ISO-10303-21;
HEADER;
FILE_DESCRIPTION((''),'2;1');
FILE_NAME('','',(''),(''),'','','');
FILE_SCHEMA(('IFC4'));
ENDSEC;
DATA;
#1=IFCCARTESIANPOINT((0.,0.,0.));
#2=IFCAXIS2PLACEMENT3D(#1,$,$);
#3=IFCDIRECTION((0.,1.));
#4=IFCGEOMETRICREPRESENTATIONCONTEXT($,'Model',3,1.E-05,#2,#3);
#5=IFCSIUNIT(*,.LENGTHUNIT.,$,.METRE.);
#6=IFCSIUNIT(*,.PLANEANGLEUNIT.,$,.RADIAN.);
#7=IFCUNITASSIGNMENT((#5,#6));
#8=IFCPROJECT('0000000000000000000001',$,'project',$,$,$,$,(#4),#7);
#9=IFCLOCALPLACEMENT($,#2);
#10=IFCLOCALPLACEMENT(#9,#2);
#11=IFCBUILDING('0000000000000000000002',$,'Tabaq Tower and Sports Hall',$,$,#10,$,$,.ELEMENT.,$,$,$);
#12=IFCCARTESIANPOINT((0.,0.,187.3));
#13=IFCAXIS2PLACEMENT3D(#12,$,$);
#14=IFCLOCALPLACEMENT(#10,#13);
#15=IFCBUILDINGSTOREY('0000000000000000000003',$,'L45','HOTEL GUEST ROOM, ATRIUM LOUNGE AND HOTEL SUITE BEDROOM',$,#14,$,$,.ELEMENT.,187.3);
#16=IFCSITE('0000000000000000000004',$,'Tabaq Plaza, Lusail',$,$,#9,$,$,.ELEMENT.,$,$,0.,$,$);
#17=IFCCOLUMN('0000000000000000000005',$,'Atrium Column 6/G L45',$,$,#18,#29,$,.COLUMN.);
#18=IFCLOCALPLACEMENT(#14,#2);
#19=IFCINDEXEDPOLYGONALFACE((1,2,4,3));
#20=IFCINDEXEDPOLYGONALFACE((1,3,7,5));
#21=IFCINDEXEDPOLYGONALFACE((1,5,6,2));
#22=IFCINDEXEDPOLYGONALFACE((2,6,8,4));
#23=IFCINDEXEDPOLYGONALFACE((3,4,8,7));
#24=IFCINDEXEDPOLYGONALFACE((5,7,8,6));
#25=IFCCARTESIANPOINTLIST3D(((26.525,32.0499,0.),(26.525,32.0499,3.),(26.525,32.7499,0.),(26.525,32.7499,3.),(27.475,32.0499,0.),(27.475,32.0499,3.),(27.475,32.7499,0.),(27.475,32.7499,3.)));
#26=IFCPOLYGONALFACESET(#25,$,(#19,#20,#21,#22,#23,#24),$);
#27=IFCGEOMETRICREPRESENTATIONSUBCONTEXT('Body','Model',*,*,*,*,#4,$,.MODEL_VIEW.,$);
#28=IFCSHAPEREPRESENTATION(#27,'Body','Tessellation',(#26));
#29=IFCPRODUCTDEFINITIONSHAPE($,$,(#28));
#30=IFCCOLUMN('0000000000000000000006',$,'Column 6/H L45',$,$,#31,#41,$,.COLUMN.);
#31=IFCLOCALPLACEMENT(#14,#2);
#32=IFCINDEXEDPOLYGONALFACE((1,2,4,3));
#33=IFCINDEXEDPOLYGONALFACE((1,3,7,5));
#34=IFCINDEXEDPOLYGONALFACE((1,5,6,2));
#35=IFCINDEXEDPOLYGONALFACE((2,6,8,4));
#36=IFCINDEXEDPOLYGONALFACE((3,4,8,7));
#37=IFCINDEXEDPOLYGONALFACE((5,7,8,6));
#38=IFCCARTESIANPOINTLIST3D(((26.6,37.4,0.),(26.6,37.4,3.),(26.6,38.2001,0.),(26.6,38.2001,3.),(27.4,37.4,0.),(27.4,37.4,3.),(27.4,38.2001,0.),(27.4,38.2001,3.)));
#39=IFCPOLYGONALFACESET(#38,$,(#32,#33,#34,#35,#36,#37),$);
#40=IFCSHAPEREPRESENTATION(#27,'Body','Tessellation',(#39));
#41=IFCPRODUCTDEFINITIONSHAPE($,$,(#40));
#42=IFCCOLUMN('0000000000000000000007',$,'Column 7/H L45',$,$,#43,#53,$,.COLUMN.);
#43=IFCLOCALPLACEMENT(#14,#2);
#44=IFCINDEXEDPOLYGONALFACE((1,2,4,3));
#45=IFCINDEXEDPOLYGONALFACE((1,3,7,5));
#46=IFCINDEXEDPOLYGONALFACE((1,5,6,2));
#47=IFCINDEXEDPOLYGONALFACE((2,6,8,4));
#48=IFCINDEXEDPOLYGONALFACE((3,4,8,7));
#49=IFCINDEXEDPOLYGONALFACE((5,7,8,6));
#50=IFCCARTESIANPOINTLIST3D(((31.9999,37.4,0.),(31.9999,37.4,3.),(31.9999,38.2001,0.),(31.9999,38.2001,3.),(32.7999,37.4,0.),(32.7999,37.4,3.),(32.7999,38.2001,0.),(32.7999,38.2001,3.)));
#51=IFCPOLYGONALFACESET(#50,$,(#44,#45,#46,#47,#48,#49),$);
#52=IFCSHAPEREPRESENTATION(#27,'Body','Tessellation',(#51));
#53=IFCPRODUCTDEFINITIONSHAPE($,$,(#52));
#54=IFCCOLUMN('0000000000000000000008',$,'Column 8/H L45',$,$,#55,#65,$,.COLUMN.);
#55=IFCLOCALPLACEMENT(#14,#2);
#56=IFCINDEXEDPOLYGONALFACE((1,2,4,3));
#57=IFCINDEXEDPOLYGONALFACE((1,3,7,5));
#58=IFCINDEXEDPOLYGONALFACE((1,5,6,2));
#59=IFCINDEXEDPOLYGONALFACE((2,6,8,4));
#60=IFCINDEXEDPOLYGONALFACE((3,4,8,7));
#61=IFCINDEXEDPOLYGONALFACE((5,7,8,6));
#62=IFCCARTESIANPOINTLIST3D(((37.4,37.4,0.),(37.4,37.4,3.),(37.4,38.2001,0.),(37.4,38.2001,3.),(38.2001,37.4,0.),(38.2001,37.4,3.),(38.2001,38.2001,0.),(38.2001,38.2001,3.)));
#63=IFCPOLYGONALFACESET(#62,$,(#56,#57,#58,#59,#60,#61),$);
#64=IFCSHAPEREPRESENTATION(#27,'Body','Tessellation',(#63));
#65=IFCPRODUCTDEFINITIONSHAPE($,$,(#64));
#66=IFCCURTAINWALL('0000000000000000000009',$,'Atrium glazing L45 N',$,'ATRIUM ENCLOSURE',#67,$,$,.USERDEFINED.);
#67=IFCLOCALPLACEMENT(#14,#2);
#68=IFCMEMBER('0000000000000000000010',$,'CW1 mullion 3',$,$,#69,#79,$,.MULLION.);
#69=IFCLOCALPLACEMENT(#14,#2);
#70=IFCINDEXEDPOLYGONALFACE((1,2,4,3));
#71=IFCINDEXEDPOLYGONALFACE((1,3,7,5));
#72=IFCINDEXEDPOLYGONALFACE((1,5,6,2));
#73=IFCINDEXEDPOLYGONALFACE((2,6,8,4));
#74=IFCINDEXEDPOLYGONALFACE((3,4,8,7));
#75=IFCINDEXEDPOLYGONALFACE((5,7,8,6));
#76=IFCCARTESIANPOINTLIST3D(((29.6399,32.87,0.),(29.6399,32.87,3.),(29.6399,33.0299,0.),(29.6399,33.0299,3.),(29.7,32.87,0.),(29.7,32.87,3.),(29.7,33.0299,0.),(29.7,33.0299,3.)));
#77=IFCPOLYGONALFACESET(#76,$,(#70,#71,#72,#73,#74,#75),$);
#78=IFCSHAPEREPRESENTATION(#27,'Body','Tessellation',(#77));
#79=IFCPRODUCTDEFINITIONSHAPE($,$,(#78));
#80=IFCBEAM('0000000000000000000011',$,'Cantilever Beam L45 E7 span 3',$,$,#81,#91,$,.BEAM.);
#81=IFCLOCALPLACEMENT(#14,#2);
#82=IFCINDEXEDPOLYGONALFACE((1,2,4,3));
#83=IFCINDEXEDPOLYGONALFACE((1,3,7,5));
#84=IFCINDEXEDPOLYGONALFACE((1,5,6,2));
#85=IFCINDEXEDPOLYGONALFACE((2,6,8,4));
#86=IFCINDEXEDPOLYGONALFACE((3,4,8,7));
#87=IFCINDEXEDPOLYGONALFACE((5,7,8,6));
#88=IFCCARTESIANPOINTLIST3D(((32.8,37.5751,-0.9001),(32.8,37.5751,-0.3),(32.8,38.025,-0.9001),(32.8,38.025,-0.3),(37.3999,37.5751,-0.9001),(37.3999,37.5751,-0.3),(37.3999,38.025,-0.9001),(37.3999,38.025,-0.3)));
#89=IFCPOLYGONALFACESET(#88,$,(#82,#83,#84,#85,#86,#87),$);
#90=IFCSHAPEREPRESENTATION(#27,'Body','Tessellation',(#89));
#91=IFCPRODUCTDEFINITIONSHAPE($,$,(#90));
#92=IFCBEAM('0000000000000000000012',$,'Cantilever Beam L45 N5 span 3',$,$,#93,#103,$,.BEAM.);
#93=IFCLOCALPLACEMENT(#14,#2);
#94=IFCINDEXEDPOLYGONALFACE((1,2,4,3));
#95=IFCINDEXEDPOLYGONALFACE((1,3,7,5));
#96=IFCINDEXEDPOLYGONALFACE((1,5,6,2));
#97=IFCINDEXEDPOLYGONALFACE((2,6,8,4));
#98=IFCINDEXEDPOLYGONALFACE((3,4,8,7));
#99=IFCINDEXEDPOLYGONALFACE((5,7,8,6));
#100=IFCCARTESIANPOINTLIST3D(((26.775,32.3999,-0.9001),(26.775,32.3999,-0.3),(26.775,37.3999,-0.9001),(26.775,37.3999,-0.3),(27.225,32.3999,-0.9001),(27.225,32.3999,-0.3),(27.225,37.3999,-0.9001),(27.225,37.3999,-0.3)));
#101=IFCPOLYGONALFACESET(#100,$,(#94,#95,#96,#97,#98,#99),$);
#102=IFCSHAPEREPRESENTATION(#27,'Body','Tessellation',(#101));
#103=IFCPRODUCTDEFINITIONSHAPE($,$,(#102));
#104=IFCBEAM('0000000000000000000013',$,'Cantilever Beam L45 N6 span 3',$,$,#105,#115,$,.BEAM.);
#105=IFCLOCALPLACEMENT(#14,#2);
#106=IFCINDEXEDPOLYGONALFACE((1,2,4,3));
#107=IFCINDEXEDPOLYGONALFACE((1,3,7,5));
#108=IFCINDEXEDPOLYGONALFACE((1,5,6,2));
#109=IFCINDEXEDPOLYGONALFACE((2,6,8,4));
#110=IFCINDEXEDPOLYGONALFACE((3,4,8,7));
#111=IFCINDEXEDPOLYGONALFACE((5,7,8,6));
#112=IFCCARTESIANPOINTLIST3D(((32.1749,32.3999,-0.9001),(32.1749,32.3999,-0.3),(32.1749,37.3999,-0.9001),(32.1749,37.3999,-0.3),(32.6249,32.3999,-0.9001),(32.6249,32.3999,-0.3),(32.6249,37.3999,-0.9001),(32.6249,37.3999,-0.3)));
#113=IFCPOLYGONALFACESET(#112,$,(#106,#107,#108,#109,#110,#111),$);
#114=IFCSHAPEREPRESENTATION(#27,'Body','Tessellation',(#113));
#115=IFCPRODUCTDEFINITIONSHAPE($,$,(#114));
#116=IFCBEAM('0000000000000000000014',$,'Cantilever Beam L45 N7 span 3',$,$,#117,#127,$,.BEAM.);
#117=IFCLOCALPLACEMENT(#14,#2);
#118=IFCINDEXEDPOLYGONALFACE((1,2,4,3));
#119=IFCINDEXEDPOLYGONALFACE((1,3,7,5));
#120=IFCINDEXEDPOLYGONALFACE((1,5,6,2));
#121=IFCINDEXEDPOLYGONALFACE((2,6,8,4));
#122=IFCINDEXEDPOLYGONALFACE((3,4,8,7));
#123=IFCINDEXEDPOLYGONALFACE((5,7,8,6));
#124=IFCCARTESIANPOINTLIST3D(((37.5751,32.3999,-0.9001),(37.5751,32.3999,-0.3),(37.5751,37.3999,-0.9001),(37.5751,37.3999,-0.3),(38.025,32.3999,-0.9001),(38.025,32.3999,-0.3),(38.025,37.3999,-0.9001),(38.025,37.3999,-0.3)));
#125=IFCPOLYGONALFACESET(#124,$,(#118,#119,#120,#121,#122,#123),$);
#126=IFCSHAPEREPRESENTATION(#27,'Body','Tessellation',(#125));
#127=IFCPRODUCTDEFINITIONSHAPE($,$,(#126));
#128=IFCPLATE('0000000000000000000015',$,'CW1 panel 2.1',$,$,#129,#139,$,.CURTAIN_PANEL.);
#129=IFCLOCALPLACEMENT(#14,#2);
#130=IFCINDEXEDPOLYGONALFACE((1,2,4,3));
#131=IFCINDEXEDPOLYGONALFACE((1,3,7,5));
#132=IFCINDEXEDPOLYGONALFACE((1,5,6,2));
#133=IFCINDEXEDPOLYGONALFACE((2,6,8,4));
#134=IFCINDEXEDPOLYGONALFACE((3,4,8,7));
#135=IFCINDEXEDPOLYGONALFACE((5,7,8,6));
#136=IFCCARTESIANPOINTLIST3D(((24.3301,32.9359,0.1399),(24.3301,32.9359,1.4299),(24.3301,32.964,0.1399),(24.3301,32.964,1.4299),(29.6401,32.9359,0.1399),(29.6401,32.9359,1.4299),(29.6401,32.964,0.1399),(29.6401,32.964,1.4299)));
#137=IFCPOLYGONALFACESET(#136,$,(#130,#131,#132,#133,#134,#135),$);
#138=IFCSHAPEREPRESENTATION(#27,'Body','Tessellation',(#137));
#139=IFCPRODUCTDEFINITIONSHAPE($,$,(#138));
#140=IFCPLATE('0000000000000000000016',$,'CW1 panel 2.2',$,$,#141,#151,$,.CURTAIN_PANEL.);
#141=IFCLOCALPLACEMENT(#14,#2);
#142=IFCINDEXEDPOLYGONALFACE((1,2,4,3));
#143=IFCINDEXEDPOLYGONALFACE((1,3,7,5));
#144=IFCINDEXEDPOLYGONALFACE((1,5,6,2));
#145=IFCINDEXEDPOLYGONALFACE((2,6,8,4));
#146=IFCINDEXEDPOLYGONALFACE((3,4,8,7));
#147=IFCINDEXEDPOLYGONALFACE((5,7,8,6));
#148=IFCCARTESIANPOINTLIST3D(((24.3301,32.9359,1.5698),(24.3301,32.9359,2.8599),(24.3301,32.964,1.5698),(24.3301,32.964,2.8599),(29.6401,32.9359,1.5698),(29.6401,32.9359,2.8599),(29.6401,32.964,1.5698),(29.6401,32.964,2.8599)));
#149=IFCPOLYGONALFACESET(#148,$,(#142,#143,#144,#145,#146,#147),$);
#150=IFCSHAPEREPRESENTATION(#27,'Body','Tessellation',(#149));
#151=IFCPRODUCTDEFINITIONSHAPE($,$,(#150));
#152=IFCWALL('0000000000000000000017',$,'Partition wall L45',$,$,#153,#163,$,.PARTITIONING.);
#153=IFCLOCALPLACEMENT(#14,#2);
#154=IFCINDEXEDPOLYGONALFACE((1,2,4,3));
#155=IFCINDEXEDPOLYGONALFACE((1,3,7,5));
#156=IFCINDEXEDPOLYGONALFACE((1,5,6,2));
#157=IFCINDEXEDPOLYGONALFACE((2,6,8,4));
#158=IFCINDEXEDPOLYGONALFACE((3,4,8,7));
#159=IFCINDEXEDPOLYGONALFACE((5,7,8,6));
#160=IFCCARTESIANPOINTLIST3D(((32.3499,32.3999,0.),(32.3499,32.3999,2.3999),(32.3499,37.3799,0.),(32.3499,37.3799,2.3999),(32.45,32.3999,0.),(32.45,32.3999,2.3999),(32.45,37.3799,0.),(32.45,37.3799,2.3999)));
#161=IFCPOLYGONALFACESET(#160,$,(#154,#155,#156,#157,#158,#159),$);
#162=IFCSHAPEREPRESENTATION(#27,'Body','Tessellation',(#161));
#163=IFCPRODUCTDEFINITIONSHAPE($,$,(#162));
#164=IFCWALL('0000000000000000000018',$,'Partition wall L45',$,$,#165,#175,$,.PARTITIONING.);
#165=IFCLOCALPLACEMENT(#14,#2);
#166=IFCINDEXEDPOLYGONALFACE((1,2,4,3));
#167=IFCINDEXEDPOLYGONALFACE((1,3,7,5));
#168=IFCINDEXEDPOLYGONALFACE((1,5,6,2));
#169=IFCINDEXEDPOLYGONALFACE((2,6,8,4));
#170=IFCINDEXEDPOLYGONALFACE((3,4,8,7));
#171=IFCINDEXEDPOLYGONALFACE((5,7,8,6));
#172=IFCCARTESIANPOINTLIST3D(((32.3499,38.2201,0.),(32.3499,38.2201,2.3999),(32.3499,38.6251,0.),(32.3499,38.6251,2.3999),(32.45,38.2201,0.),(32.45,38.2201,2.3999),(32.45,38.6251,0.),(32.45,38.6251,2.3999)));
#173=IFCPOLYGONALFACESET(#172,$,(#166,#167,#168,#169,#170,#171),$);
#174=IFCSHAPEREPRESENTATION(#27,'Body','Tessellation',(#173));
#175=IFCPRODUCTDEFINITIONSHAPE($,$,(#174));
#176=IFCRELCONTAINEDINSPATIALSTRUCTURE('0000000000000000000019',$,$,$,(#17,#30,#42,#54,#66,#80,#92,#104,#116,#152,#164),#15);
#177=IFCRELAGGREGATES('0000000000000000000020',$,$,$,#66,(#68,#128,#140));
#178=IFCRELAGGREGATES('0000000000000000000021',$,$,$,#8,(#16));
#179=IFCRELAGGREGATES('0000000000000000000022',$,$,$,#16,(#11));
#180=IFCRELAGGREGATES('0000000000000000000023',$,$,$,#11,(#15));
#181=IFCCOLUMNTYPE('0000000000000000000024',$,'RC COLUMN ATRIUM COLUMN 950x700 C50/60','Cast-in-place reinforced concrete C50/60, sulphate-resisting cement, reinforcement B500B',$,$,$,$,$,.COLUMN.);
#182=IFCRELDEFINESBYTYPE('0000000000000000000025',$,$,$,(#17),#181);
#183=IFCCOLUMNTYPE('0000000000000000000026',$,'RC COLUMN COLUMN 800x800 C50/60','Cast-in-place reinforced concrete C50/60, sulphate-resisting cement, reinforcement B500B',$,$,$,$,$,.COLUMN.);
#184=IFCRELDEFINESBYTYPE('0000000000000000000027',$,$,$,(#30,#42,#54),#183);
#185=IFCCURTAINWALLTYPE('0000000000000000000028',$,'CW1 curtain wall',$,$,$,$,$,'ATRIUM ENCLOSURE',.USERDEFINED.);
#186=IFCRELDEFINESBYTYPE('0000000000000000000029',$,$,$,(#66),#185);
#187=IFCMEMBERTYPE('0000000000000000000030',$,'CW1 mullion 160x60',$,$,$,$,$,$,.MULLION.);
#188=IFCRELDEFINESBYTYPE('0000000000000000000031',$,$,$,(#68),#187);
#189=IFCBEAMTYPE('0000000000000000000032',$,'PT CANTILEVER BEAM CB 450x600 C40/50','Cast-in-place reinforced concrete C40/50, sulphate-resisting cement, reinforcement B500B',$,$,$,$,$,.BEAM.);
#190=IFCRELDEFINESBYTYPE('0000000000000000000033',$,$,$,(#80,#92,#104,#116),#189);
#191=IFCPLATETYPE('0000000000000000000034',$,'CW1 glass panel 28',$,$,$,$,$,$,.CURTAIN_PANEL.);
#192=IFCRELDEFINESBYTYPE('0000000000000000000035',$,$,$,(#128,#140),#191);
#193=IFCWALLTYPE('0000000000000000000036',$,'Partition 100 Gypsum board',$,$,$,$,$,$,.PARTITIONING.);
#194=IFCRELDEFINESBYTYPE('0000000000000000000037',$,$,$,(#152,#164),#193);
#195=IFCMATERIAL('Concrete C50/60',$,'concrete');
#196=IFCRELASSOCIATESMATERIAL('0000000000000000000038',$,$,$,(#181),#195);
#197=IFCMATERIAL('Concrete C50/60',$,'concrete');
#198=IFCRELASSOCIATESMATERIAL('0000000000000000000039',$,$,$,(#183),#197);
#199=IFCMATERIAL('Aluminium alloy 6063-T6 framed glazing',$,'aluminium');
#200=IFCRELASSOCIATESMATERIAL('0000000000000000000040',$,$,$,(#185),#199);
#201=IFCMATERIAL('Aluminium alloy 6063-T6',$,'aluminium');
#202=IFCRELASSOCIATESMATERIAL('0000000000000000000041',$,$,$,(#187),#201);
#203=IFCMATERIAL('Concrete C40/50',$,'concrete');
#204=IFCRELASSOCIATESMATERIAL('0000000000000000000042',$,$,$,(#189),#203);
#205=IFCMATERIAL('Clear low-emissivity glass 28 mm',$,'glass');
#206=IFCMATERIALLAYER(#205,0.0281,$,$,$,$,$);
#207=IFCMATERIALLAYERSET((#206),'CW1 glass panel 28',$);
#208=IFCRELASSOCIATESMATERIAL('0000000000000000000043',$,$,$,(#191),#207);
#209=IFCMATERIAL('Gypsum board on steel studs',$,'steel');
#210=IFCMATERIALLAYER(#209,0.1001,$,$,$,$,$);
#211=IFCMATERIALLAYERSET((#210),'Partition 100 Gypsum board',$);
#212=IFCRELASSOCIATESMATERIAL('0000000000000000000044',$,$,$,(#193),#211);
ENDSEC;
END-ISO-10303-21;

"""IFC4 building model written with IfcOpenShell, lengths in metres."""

from ifc_helpers import new_model, si_unit, direction, frame, frame_2d, origin, origin_2d, place, context, subcontext, project, spatial, rectangle, extrude, material, layer, layer_set, material_profile, profile_set, type_object, element, aggregate, save


model = new_model("IFC4")

# Units and contexts
model_context = context("Model", 3, precision=1e-05, world=origin(), true_north=direction((0.0, 1.0)))
body_context = subcontext(model_context, "Body", "Model", "MODEL_VIEW")
ifc_project = project(units=[si_unit("LENGTHUNIT", "METRE"), si_unit("PLANEANGLEUNIT", "RADIAN")], contexts=[model_context])

# Site, building, storey
site_placement = place(None, origin())
site = spatial("IfcSite", under=ifc_project, at=site_placement, Name="Tabaq Plaza, Lusail", CompositionType="ELEMENT", RefElevation=0.0)
building_placement = place(site_placement, origin())
building = spatial("IfcBuilding", under=site, at=building_placement, Name="Tabaq Tower and Sports Hall", CompositionType="ELEMENT")
storey_placement = place(building_placement, frame((0.0, 0.0, 187.3)))
storey = spatial("IfcBuildingStorey", under=building, at=storey_placement, Name="L45", Description="HOTEL GUEST ROOM, ATRIUM LOUNGE AND HOTEL SUITE BEDROOM", CompositionType="ELEMENT", Elevation=187.3)

# Columns
ifc_material_1 = material(Name="Concrete C50/60", Category="concrete")
ifc_material_profile_1 = material_profile(ifc_material_1, rectangle(XDim=0.95, YDim=0.7, at=origin_2d()), Name="ATRIUM COLUMN 950x700")
ifc_profile_set_1 = profile_set([ifc_material_profile_1], Name="Concrete C50/60")
column_type_1 = type_object("IfcColumnType", Name="RC COLUMN ATRIUM COLUMN 950x700 C50/60", Description="Cast-in-place reinforced concrete C50/60, sulphate-resisting cement, reinforcement B500B", PredefinedType="COLUMN", material=ifc_profile_set_1)
column_placement = place(storey_placement, frame((27.0, 32.3999, 0.0), z_axis=(0.0, 0.0, 1.0), x_axis=(1.0, 0.0, 0.0)))
element("IfcColumn", 1, at=column_placement, inside=storey, type_object=column_type_1, Name="Atrium Column 6/G L45", PredefinedType="COLUMN", context=body_context, shape_type="SweptSolid", body=[
    extrude(rectangle(XDim=0.95, YDim=0.7, at=origin_2d()), origin(), (0.0, 0.0, 1.0), 3.0),
])
ifc_material_2 = material(Name="Concrete C50/60", Category="concrete")
ifc_material_profile_2 = material_profile(ifc_material_2, rectangle(XDim=0.8, YDim=0.8, at=origin_2d()), Name="COLUMN 800x800")
ifc_profile_set_2 = profile_set([ifc_material_profile_2], Name="Concrete C50/60")
column_type_2 = type_object("IfcColumnType", Name="RC COLUMN COLUMN 800x800 C50/60", Description="Cast-in-place reinforced concrete C50/60, sulphate-resisting cement, reinforcement B500B", PredefinedType="COLUMN", material=ifc_profile_set_2)
for number, where, z_axis, x_axis, name in (
    (2, (27.0, 37.8, 0.0), (0.0, 0.0, 1.0), (1.0, 0.0, 0.0), "Column 6/H L45"),
    (3, (32.3999, 37.8, 0.0), (0.0, 0.0, 1.0), (1.0, 0.0, 0.0), "Column 7/H L45"),
    (4, (37.8, 37.8, 0.0), (0.0, 0.0, 1.0), (1.0, 0.0, 0.0), "Column 8/H L45"),
):
    element("IfcColumn", number, at=place(storey_placement, frame(where, z_axis=z_axis, x_axis=x_axis)), inside=storey, type_object=column_type_2, Name=name, PredefinedType="COLUMN", context=body_context, shape_type="SweptSolid", body=[
        extrude(rectangle(XDim=0.8, YDim=0.8, at=origin_2d()), origin(), (0.0, 0.0, 1.0), 3.0),
    ])

# Curtain wall, member
ifc_material_3 = material(Name="Aluminium alloy 6063-T6 framed glazing", Category="aluminium")
curtain_wall_type = type_object("IfcCurtainWallType", Name="CW1 curtain wall", ElementType="ATRIUM ENCLOSURE", PredefinedType="USERDEFINED", material=ifc_material_3)
curtain_wall_placement = place(storey_placement, origin())
curtain_wall = element("IfcCurtainWall", 5, at=curtain_wall_placement, inside=storey, type_object=curtain_wall_type, Name="Atrium glazing L45 N", ObjectType="ATRIUM ENCLOSURE", PredefinedType="USERDEFINED")
ifc_material_4 = material(Name="Aluminium alloy 6063-T6", Category="aluminium")
ifc_material_profile_3 = material_profile(ifc_material_4, rectangle(XDim=0.1599, YDim=0.0601, at=origin_2d()), Name="MULLION 160x60")
ifc_profile_set_3 = profile_set([ifc_material_profile_3], Name="Aluminium alloy 6063-T6")
member_type = type_object("IfcMemberType", Name="CW1 mullion 160x60", PredefinedType="MULLION", material=ifc_profile_set_3)
member_placement = place(storey_placement, frame((29.6699, 32.95, 0.0), z_axis=(0.0, 0.0, 1.0), x_axis=(0.0, 1.0, 0.0)))
member = element("IfcMember", 6, at=member_placement, type_object=member_type, Name="CW1 mullion 3", PredefinedType="MULLION", context=body_context, shape_type="SweptSolid", body=[
    extrude(rectangle(XDim=0.1599, YDim=0.0601, at=origin_2d()), origin(), (0.0, 0.0, 1.0), 3.0),
])

# Beams
ifc_material_5 = material(Name="Concrete C40/50", Category="concrete")
ifc_material_profile_4 = material_profile(ifc_material_5, rectangle(XDim=0.45, YDim=0.6001, at=origin_2d()), Name="CB 450x600")
ifc_profile_set_4 = profile_set([ifc_material_profile_4], Name="Concrete C40/50")
beam_type = type_object("IfcBeamType", Name="PT CANTILEVER BEAM CB 450x600 C40/50", Description="Cast-in-place reinforced concrete C40/50, sulphate-resisting cement, reinforcement B500B", PredefinedType="BEAM", material=ifc_profile_set_4)
beam_placement = place(storey_placement, frame((37.3999, 37.8, -0.6001), z_axis=(-1.0, 0.0, 0.0), x_axis=(0.0, -1.0, 0.0)))
element("IfcBeam", 7, at=beam_placement, inside=storey, type_object=beam_type, Name="Cantilever Beam L45 E7 span 3", PredefinedType="BEAM", context=body_context, shape_type="SweptSolid", body=[
    extrude(rectangle(XDim=0.45, YDim=0.6001, at=origin_2d()), origin(), (0.0, 0.0, 1.0), 4.5999),
])
for number, where, z_axis, x_axis, name in (
    (8, (27.0, 37.3999, -0.6001), (0.0, -1.0, 0.0), (1.0, 0.0, 0.0), "Cantilever Beam L45 N5 span 3"),
    (9, (32.3999, 37.3999, -0.6001), (0.0, -1.0, 0.0), (1.0, 0.0, 0.0), "Cantilever Beam L45 N6 span 3"),
    (10, (37.8, 37.3999, -0.6001), (0.0, -1.0, 0.0), (1.0, 0.0, 0.0), "Cantilever Beam L45 N7 span 3"),
):
    element("IfcBeam", number, at=place(storey_placement, frame(where, z_axis=z_axis, x_axis=x_axis)), inside=storey, type_object=beam_type, Name=name, PredefinedType="BEAM", context=body_context, shape_type="SweptSolid", body=[
        extrude(rectangle(XDim=0.45, YDim=0.6001, at=origin_2d()), origin(), (0.0, 0.0, 1.0), 5.0),
    ])

# Plates
ifc_material_6 = material(Name="Clear low-emissivity glass 28 mm", Category="glass")
ifc_layer_1 = layer(ifc_material_6, 0.0281)
ifc_layer_set_1 = layer_set([ifc_layer_1], Name="CW1 glass panel 28")
plate_type = type_object("IfcPlateType", Name="CW1 glass panel 28", PredefinedType="CURTAIN_PANEL", material=ifc_layer_set_1)
plate_1_placement = place(storey_placement, frame((26.9851, 32.95, 0.1399), z_axis=(0.0, 0.0, 1.0), x_axis=(1.0, 0.0, 0.0)))
plate_1 = element("IfcPlate", 11, at=plate_1_placement, type_object=plate_type, Name="CW1 panel 2.1", PredefinedType="CURTAIN_PANEL", context=body_context, shape_type="SweptSolid", body=[
    extrude(rectangle(XDim=5.3101, YDim=0.0281, at=origin_2d()), origin(), (0.0, 0.0, 1.0), 1.29),
])
plate_2_placement = place(storey_placement, frame((26.9851, 32.95, 1.5698), z_axis=(0.0, 0.0, 1.0), x_axis=(1.0, 0.0, 0.0)))
plate_2 = element("IfcPlate", 12, at=plate_2_placement, type_object=plate_type, Name="CW1 panel 2.2", PredefinedType="CURTAIN_PANEL", context=body_context, shape_type="SweptSolid", body=[
    extrude(rectangle(XDim=5.3101, YDim=0.0281, at=origin_2d()), origin(), (0.0, 0.0, 1.0), 1.29),
])
aggregate(curtain_wall, [member, plate_1, plate_2])

# Walls
ifc_material_7 = material(Name="Gypsum board on steel studs", Category="steel")
ifc_layer_2 = layer(ifc_material_7, 0.1001)
ifc_layer_set_2 = layer_set([ifc_layer_2], Name="Partition 100 Gypsum board")
wall_type_1 = type_object("IfcWallType", Name="Partition 100 Gypsum board", PredefinedType="PARTITIONING", material=ifc_layer_set_2)
wall_1_placement = place(storey_placement, frame((32.3999, 32.3999, 0.0), z_axis=(0.0, 0.0, 1.0), x_axis=(0.0, 1.0, 0.0)))
element("IfcWall", 13, at=wall_1_placement, inside=storey, type_object=wall_type_1, Name="Partition wall L45", PredefinedType="PARTITIONING", context=body_context, shape_type="SweptSolid", body=[
    extrude(rectangle(XDim=4.98, YDim=0.1001, at=frame_2d((2.49, 0.0))), origin(), (0.0, 0.0, 1.0), 2.3999),
])
wall_2_placement = place(storey_placement, frame((32.3999, 38.22, 0.0), z_axis=(0.0, 0.0, 1.0), x_axis=(0.0, 1.0, 0.0)))
element("IfcWall", 14, at=wall_2_placement, inside=storey, type_object=wall_type_1, Name="Partition wall L45", PredefinedType="PARTITIONING", context=body_context, shape_type="SweptSolid", body=[
    extrude(rectangle(XDim=0.405, YDim=0.1001, at=frame_2d((0.2026, 0.0))), origin(), (0.0, 0.0, 1.0), 2.3999),
])

save(model, "model.ifc")
